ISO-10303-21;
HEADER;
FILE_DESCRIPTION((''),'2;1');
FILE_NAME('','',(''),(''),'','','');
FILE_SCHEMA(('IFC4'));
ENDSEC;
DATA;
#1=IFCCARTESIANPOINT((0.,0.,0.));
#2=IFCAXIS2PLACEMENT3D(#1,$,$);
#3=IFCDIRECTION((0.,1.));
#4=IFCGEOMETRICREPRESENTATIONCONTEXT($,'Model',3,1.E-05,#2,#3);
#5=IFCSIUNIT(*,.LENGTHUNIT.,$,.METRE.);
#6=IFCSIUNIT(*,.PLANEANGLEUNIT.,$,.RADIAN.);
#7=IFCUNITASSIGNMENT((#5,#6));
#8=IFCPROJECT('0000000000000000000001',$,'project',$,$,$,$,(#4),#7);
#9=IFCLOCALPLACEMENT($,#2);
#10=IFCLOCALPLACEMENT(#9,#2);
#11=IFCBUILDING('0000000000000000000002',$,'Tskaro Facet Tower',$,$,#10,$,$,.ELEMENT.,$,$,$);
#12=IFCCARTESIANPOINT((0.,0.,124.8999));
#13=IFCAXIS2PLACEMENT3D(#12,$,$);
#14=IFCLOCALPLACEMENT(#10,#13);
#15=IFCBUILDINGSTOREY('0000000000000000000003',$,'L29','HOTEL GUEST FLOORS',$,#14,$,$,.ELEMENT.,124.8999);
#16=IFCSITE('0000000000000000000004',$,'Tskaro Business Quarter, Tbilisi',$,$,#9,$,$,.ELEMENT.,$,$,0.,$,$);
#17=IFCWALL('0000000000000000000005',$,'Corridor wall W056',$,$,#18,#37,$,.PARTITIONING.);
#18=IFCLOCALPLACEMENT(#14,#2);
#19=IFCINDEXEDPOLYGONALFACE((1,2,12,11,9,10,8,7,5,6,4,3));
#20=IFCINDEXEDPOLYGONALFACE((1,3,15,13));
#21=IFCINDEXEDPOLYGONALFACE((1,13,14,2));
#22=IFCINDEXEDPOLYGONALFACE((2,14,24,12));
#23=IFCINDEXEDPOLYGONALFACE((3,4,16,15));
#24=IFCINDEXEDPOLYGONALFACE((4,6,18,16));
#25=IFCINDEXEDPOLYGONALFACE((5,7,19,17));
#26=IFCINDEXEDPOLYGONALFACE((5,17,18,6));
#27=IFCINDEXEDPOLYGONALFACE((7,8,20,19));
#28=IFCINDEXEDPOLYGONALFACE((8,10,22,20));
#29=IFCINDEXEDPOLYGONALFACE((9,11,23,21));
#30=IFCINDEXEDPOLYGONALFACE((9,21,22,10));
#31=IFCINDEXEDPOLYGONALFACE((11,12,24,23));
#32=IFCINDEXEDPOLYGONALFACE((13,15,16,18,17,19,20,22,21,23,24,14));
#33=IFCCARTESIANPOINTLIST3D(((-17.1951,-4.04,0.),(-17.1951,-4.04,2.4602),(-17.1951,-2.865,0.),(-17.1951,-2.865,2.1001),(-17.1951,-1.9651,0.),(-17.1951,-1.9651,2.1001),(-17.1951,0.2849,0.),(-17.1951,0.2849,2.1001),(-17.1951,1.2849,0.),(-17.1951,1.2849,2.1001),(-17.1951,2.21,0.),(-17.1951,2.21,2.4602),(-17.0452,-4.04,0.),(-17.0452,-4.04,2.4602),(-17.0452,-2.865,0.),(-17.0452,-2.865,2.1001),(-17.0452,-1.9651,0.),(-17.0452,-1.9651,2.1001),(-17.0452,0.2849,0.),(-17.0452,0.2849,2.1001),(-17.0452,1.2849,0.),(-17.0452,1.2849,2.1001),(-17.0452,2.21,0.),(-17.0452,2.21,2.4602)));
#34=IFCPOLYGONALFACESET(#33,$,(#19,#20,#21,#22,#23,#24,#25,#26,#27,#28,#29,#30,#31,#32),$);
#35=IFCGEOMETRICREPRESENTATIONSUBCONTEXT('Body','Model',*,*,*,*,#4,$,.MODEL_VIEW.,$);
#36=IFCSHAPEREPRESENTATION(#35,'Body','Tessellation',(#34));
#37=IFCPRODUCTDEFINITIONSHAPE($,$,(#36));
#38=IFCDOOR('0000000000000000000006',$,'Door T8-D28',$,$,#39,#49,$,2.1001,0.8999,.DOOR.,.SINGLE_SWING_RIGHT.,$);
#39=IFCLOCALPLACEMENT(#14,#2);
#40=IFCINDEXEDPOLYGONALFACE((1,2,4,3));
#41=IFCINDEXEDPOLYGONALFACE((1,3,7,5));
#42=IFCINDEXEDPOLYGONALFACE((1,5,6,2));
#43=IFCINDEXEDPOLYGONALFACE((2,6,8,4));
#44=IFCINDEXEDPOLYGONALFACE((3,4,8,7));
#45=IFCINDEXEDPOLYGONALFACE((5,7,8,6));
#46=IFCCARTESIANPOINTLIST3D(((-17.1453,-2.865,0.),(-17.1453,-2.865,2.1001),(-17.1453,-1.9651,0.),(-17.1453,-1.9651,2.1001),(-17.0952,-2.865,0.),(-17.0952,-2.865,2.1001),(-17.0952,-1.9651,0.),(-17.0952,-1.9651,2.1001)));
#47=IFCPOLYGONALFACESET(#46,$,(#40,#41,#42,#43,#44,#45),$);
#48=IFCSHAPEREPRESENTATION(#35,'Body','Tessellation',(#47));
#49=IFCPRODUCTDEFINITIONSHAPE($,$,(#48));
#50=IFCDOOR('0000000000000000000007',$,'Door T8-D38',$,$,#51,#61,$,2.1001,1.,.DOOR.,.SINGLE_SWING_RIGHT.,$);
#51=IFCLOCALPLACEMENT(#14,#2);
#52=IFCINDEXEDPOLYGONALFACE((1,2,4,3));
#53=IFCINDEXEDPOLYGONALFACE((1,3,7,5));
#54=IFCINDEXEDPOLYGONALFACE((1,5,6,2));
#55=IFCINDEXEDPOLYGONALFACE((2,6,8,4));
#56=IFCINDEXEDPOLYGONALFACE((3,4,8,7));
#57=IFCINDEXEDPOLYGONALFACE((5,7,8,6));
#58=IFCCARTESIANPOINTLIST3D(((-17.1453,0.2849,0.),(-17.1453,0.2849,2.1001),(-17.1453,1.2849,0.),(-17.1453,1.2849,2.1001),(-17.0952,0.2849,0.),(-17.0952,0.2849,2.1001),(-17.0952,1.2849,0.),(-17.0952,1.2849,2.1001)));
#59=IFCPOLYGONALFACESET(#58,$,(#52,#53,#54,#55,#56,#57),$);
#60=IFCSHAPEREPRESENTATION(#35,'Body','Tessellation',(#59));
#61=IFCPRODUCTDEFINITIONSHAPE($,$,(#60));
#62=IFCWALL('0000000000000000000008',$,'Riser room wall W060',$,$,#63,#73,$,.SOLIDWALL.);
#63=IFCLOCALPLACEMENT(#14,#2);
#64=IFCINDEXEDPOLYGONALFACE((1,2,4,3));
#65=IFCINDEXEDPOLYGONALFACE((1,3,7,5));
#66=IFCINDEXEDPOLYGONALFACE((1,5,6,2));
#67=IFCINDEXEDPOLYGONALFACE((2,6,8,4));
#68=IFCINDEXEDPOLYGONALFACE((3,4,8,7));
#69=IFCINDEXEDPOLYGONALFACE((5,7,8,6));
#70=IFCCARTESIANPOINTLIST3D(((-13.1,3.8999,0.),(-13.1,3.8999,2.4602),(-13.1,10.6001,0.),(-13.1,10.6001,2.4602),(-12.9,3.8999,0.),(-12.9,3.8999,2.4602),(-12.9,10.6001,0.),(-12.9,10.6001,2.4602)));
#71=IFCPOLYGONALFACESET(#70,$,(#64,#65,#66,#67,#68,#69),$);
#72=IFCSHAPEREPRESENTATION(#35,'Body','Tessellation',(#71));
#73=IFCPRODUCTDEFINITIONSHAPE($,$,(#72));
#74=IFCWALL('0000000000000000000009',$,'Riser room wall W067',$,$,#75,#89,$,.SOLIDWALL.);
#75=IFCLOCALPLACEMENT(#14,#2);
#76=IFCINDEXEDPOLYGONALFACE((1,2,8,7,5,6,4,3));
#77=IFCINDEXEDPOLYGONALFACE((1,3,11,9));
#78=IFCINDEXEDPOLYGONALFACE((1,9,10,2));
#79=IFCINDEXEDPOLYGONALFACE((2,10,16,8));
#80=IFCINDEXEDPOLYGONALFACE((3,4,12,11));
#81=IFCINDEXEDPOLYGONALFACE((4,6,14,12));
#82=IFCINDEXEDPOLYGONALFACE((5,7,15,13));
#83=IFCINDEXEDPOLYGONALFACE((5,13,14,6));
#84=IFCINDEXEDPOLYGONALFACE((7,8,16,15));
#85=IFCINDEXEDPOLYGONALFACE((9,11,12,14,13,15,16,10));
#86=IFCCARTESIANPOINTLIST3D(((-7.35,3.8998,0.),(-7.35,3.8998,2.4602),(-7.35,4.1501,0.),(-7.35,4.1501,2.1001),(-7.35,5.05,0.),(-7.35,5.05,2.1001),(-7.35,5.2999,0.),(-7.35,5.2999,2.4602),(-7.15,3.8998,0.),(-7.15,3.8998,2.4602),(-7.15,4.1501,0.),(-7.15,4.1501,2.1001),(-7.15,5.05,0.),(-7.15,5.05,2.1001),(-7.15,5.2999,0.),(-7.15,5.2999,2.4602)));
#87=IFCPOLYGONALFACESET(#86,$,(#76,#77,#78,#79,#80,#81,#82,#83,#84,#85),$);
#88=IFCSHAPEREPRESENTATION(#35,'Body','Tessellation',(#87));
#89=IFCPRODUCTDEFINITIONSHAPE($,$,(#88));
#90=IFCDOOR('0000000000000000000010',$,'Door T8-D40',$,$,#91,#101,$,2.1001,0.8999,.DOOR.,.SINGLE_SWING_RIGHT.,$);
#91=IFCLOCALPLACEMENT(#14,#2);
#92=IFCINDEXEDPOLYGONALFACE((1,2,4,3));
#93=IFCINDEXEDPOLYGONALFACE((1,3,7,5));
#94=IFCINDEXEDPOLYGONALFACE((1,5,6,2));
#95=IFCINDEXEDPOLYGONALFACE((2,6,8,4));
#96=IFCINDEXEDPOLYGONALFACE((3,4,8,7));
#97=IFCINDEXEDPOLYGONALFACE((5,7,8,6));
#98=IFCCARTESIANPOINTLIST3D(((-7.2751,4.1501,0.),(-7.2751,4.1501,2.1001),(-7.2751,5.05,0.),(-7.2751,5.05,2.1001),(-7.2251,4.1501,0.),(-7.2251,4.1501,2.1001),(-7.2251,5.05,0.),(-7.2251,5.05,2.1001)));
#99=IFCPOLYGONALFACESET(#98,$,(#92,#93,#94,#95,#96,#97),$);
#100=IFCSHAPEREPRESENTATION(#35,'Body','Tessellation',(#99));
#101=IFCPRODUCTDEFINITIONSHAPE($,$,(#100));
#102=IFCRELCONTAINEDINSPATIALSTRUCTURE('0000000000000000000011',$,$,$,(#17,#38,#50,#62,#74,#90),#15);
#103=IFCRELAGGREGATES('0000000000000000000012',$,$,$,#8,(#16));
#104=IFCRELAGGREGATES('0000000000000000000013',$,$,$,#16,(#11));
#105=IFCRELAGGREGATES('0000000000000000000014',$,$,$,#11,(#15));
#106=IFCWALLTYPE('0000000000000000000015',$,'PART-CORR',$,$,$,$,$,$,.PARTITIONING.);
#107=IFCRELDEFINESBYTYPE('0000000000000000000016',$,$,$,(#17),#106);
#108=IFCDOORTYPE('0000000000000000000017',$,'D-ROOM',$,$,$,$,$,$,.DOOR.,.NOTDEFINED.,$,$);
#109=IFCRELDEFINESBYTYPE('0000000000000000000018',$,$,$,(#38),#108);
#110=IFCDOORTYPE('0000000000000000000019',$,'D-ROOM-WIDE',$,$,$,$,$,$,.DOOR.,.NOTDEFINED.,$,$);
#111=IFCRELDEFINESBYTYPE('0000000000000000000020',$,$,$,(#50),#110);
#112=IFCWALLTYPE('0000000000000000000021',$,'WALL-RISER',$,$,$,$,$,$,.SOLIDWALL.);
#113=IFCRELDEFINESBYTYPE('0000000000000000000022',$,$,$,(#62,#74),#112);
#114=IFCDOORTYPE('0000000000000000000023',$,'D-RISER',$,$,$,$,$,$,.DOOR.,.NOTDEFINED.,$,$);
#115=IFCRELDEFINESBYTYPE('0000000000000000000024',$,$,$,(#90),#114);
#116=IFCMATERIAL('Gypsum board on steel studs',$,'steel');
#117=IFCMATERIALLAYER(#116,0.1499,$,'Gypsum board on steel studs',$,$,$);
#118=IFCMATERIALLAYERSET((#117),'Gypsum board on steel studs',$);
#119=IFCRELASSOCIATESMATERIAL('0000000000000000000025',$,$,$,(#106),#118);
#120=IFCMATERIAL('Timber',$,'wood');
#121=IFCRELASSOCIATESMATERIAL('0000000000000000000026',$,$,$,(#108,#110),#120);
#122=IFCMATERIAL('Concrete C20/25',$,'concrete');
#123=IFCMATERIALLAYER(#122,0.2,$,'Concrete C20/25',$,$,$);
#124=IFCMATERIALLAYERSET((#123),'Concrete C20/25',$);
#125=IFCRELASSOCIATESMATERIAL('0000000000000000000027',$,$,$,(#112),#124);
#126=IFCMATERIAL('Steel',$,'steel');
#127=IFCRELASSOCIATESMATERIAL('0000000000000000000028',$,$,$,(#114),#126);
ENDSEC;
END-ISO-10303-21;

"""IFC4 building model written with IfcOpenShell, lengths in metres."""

from ifc_helpers import new_model, si_unit, direction, frame, frame_2d, origin, place, context, subcontext, project, spatial, rectangle, extrude, material, layer, layer_set, type_object, element, fill, save


model = new_model("IFC4")

# Units and contexts
model_context = context("Model", 3, precision=1e-05, world=origin(), true_north=direction((0.0, 1.0)))
body_context = subcontext(model_context, "Body", "Model", "MODEL_VIEW")
ifc_project = project(units=[si_unit("LENGTHUNIT", "METRE"), si_unit("PLANEANGLEUNIT", "RADIAN")], contexts=[model_context])

# Site, building, storey
site_placement = place(None, origin())
site = spatial("IfcSite", under=ifc_project, at=site_placement, Name="Tskaro Business Quarter, Tbilisi", CompositionType="ELEMENT", RefElevation=0.0)
building_placement = place(site_placement, origin())
building = spatial("IfcBuilding", under=site, at=building_placement, Name="Tskaro Facet Tower", CompositionType="ELEMENT")
storey_placement = place(building_placement, frame((0.0, 0.0, 124.8999)))
storey = spatial("IfcBuildingStorey", under=building, at=storey_placement, Name="L29", Description="HOTEL GUEST FLOORS", CompositionType="ELEMENT", Elevation=124.8999)

# Shared definitions
ifc_material_1 = material(Name="Gypsum board on steel studs", Category="steel")
ifc_layer_1 = layer(ifc_material_1, 0.1499, Name="Gypsum board on steel studs")
ifc_layer_set_1 = layer_set([ifc_layer_1], Name="Gypsum board on steel studs")
wall_type_1 = type_object("IfcWallType", Name="PART-CORR", PredefinedType="PARTITIONING", material=ifc_layer_set_1)

# Wall, openings, doors
wall_1_placement = place(storey_placement, frame((-17.1201, 2.21, 0.0), z_axis=(0.0, 0.0, 1.0), x_axis=(0.0, -1.0, 0.0)))
wall_1 = element("IfcWall", 1, at=wall_1_placement, inside=storey, type_object=wall_type_1, Name="Corridor wall W056", PredefinedType="PARTITIONING", context=body_context, shape_type="SweptSolid", body=[
    extrude(rectangle(XDim=6.25, YDim=0.1499, at=frame_2d((3.125, 0.0))), origin(), (0.0, 0.0, 1.0), 2.4602),
])
opening_1_placement = place(wall_1_placement, frame((4.175, 0.0, 0.0)))
opening_1 = element("IfcOpeningElement", 2, at=opening_1_placement, cuts=wall_1, PredefinedType="OPENING", context=body_context, shape_type="SweptSolid", body=[
    extrude(rectangle(XDim=0.8999, YDim=2.1001, at=frame_2d((0.45, 1.05))), frame((0.0, 0.085, 0.0), z_axis=(0.0, -1.0, 0.0), x_axis=(1.0, 0.0, 0.0)), (0.0, 0.0, 1.0), 0.1699),
])
opening_2_placement = place(wall_1_placement, frame((0.925, 0.0, 0.0)))
opening_2 = element("IfcOpeningElement", 3, at=opening_2_placement, cuts=wall_1, PredefinedType="OPENING", context=body_context, shape_type="SweptSolid", body=[
    extrude(rectangle(XDim=1.0, YDim=2.1001, at=frame_2d((0.5, 1.05))), frame((0.0, 0.085, 0.0), z_axis=(0.0, -1.0, 0.0), x_axis=(1.0, 0.0, 0.0)), (0.0, 0.0, 1.0), 0.1699),
])
ifc_material_2 = material(Name="Timber", Category="wood")
door_type_1 = type_object("IfcDoorType", Name="D-ROOM", OperationType="NOTDEFINED", PredefinedType="DOOR", material=ifc_material_2)
door_1_placement = place(opening_1_placement, origin())
door_1 = element("IfcDoor", 4, at=door_1_placement, inside=storey, type_object=door_type_1, Name="Door T8-D28", OperationType="SINGLE_SWING_RIGHT", OverallHeight=2.1001, OverallWidth=0.8999, PredefinedType="DOOR", context=body_context, shape_type="SweptSolid", body=[
    extrude(rectangle(XDim=0.8999, YDim=2.1001, at=frame_2d((0.45, 1.05))), frame((0.0, 0.0249, 0.0), z_axis=(0.0, -1.0, 0.0), x_axis=(1.0, 0.0, 0.0)), (0.0, 0.0, 1.0), 0.05),
])
fill(opening_1, door_1)
door_type_2 = type_object("IfcDoorType", Name="D-ROOM-WIDE", OperationType="NOTDEFINED", PredefinedType="DOOR", material=ifc_material_2)
door_2_placement = place(opening_2_placement, origin())
door_2 = element("IfcDoor", 5, at=door_2_placement, inside=storey, type_object=door_type_2, Name="Door T8-D38", OperationType="SINGLE_SWING_RIGHT", OverallHeight=2.1001, OverallWidth=1.0, PredefinedType="DOOR", context=body_context, shape_type="SweptSolid", body=[
    extrude(rectangle(XDim=1.0, YDim=2.1001, at=frame_2d((0.5, 1.05))), frame((0.0, 0.0249, 0.0), z_axis=(0.0, -1.0, 0.0), x_axis=(1.0, 0.0, 0.0)), (0.0, 0.0, 1.0), 0.05),
])
fill(opening_2, door_2)

# Wall
ifc_material_3 = material(Name="Concrete C20/25", Category="concrete")
ifc_layer_2 = layer(ifc_material_3, 0.2, Name="Concrete C20/25")
ifc_layer_set_2 = layer_set([ifc_layer_2], Name="Concrete C20/25")
wall_type_2 = type_object("IfcWallType", Name="WALL-RISER", PredefinedType="SOLIDWALL", material=ifc_layer_set_2)
wall_2_placement = place(storey_placement, frame((-13.0, 3.8999, 0.0), z_axis=(0.0, 0.0, 1.0), x_axis=(0.0, 1.0, 0.0)))
element("IfcWall", 6, at=wall_2_placement, inside=storey, type_object=wall_type_2, Name="Riser room wall W060", PredefinedType="SOLIDWALL", context=body_context, shape_type="SweptSolid", body=[
    extrude(rectangle(XDim=6.7002, YDim=0.2, at=frame_2d((3.3501, 0.0))), origin(), (0.0, 0.0, 1.0), 2.4602),
])

# Wall, opening, door
wall_3_placement = place(storey_placement, frame((-7.25, 5.3, 0.0), z_axis=(0.0, 0.0, 1.0), x_axis=(0.0, -1.0, 0.0)))
wall_3 = element("IfcWall", 7, at=wall_3_placement, inside=storey, type_object=wall_type_2, Name="Riser room wall W067", PredefinedType="SOLIDWALL", context=body_context, shape_type="SweptSolid", body=[
    extrude(rectangle(XDim=1.4001, YDim=0.2, at=frame_2d((0.7002, 0.0))), origin(), (0.0, 0.0, 1.0), 2.4602),
])
opening_3_placement = place(wall_3_placement, frame((0.25, 0.0, 0.0)))
opening_3 = element("IfcOpeningElement", 8, at=opening_3_placement, cuts=wall_3, PredefinedType="OPENING", context=body_context, shape_type="SweptSolid", body=[
    extrude(rectangle(XDim=0.8999, YDim=2.1001, at=frame_2d((0.45, 1.05))), frame((0.0, 0.1099, 0.0), z_axis=(0.0, -1.0, 0.0), x_axis=(1.0, 0.0, 0.0)), (0.0, 0.0, 1.0), 0.22),
])
ifc_material_4 = material(Name="Steel", Category="steel")
door_type_3 = type_object("IfcDoorType", Name="D-RISER", OperationType="NOTDEFINED", PredefinedType="DOOR", material=ifc_material_4)
door_3_placement = place(opening_3_placement, origin())
door_3 = element("IfcDoor", 9, at=door_3_placement, inside=storey, type_object=door_type_3, Name="Door T8-D40", OperationType="SINGLE_SWING_RIGHT", OverallHeight=2.1001, OverallWidth=0.8999, PredefinedType="DOOR", context=body_context, shape_type="SweptSolid", body=[
    extrude(rectangle(XDim=0.8999, YDim=2.1001, at=frame_2d((0.45, 1.05))), frame((0.0, 0.0249, 0.0), z_axis=(0.0, -1.0, 0.0), x_axis=(1.0, 0.0, 0.0)), (0.0, 0.0, 1.0), 0.05),
])
fill(opening_3, door_3)

save(model, "model.ifc")
